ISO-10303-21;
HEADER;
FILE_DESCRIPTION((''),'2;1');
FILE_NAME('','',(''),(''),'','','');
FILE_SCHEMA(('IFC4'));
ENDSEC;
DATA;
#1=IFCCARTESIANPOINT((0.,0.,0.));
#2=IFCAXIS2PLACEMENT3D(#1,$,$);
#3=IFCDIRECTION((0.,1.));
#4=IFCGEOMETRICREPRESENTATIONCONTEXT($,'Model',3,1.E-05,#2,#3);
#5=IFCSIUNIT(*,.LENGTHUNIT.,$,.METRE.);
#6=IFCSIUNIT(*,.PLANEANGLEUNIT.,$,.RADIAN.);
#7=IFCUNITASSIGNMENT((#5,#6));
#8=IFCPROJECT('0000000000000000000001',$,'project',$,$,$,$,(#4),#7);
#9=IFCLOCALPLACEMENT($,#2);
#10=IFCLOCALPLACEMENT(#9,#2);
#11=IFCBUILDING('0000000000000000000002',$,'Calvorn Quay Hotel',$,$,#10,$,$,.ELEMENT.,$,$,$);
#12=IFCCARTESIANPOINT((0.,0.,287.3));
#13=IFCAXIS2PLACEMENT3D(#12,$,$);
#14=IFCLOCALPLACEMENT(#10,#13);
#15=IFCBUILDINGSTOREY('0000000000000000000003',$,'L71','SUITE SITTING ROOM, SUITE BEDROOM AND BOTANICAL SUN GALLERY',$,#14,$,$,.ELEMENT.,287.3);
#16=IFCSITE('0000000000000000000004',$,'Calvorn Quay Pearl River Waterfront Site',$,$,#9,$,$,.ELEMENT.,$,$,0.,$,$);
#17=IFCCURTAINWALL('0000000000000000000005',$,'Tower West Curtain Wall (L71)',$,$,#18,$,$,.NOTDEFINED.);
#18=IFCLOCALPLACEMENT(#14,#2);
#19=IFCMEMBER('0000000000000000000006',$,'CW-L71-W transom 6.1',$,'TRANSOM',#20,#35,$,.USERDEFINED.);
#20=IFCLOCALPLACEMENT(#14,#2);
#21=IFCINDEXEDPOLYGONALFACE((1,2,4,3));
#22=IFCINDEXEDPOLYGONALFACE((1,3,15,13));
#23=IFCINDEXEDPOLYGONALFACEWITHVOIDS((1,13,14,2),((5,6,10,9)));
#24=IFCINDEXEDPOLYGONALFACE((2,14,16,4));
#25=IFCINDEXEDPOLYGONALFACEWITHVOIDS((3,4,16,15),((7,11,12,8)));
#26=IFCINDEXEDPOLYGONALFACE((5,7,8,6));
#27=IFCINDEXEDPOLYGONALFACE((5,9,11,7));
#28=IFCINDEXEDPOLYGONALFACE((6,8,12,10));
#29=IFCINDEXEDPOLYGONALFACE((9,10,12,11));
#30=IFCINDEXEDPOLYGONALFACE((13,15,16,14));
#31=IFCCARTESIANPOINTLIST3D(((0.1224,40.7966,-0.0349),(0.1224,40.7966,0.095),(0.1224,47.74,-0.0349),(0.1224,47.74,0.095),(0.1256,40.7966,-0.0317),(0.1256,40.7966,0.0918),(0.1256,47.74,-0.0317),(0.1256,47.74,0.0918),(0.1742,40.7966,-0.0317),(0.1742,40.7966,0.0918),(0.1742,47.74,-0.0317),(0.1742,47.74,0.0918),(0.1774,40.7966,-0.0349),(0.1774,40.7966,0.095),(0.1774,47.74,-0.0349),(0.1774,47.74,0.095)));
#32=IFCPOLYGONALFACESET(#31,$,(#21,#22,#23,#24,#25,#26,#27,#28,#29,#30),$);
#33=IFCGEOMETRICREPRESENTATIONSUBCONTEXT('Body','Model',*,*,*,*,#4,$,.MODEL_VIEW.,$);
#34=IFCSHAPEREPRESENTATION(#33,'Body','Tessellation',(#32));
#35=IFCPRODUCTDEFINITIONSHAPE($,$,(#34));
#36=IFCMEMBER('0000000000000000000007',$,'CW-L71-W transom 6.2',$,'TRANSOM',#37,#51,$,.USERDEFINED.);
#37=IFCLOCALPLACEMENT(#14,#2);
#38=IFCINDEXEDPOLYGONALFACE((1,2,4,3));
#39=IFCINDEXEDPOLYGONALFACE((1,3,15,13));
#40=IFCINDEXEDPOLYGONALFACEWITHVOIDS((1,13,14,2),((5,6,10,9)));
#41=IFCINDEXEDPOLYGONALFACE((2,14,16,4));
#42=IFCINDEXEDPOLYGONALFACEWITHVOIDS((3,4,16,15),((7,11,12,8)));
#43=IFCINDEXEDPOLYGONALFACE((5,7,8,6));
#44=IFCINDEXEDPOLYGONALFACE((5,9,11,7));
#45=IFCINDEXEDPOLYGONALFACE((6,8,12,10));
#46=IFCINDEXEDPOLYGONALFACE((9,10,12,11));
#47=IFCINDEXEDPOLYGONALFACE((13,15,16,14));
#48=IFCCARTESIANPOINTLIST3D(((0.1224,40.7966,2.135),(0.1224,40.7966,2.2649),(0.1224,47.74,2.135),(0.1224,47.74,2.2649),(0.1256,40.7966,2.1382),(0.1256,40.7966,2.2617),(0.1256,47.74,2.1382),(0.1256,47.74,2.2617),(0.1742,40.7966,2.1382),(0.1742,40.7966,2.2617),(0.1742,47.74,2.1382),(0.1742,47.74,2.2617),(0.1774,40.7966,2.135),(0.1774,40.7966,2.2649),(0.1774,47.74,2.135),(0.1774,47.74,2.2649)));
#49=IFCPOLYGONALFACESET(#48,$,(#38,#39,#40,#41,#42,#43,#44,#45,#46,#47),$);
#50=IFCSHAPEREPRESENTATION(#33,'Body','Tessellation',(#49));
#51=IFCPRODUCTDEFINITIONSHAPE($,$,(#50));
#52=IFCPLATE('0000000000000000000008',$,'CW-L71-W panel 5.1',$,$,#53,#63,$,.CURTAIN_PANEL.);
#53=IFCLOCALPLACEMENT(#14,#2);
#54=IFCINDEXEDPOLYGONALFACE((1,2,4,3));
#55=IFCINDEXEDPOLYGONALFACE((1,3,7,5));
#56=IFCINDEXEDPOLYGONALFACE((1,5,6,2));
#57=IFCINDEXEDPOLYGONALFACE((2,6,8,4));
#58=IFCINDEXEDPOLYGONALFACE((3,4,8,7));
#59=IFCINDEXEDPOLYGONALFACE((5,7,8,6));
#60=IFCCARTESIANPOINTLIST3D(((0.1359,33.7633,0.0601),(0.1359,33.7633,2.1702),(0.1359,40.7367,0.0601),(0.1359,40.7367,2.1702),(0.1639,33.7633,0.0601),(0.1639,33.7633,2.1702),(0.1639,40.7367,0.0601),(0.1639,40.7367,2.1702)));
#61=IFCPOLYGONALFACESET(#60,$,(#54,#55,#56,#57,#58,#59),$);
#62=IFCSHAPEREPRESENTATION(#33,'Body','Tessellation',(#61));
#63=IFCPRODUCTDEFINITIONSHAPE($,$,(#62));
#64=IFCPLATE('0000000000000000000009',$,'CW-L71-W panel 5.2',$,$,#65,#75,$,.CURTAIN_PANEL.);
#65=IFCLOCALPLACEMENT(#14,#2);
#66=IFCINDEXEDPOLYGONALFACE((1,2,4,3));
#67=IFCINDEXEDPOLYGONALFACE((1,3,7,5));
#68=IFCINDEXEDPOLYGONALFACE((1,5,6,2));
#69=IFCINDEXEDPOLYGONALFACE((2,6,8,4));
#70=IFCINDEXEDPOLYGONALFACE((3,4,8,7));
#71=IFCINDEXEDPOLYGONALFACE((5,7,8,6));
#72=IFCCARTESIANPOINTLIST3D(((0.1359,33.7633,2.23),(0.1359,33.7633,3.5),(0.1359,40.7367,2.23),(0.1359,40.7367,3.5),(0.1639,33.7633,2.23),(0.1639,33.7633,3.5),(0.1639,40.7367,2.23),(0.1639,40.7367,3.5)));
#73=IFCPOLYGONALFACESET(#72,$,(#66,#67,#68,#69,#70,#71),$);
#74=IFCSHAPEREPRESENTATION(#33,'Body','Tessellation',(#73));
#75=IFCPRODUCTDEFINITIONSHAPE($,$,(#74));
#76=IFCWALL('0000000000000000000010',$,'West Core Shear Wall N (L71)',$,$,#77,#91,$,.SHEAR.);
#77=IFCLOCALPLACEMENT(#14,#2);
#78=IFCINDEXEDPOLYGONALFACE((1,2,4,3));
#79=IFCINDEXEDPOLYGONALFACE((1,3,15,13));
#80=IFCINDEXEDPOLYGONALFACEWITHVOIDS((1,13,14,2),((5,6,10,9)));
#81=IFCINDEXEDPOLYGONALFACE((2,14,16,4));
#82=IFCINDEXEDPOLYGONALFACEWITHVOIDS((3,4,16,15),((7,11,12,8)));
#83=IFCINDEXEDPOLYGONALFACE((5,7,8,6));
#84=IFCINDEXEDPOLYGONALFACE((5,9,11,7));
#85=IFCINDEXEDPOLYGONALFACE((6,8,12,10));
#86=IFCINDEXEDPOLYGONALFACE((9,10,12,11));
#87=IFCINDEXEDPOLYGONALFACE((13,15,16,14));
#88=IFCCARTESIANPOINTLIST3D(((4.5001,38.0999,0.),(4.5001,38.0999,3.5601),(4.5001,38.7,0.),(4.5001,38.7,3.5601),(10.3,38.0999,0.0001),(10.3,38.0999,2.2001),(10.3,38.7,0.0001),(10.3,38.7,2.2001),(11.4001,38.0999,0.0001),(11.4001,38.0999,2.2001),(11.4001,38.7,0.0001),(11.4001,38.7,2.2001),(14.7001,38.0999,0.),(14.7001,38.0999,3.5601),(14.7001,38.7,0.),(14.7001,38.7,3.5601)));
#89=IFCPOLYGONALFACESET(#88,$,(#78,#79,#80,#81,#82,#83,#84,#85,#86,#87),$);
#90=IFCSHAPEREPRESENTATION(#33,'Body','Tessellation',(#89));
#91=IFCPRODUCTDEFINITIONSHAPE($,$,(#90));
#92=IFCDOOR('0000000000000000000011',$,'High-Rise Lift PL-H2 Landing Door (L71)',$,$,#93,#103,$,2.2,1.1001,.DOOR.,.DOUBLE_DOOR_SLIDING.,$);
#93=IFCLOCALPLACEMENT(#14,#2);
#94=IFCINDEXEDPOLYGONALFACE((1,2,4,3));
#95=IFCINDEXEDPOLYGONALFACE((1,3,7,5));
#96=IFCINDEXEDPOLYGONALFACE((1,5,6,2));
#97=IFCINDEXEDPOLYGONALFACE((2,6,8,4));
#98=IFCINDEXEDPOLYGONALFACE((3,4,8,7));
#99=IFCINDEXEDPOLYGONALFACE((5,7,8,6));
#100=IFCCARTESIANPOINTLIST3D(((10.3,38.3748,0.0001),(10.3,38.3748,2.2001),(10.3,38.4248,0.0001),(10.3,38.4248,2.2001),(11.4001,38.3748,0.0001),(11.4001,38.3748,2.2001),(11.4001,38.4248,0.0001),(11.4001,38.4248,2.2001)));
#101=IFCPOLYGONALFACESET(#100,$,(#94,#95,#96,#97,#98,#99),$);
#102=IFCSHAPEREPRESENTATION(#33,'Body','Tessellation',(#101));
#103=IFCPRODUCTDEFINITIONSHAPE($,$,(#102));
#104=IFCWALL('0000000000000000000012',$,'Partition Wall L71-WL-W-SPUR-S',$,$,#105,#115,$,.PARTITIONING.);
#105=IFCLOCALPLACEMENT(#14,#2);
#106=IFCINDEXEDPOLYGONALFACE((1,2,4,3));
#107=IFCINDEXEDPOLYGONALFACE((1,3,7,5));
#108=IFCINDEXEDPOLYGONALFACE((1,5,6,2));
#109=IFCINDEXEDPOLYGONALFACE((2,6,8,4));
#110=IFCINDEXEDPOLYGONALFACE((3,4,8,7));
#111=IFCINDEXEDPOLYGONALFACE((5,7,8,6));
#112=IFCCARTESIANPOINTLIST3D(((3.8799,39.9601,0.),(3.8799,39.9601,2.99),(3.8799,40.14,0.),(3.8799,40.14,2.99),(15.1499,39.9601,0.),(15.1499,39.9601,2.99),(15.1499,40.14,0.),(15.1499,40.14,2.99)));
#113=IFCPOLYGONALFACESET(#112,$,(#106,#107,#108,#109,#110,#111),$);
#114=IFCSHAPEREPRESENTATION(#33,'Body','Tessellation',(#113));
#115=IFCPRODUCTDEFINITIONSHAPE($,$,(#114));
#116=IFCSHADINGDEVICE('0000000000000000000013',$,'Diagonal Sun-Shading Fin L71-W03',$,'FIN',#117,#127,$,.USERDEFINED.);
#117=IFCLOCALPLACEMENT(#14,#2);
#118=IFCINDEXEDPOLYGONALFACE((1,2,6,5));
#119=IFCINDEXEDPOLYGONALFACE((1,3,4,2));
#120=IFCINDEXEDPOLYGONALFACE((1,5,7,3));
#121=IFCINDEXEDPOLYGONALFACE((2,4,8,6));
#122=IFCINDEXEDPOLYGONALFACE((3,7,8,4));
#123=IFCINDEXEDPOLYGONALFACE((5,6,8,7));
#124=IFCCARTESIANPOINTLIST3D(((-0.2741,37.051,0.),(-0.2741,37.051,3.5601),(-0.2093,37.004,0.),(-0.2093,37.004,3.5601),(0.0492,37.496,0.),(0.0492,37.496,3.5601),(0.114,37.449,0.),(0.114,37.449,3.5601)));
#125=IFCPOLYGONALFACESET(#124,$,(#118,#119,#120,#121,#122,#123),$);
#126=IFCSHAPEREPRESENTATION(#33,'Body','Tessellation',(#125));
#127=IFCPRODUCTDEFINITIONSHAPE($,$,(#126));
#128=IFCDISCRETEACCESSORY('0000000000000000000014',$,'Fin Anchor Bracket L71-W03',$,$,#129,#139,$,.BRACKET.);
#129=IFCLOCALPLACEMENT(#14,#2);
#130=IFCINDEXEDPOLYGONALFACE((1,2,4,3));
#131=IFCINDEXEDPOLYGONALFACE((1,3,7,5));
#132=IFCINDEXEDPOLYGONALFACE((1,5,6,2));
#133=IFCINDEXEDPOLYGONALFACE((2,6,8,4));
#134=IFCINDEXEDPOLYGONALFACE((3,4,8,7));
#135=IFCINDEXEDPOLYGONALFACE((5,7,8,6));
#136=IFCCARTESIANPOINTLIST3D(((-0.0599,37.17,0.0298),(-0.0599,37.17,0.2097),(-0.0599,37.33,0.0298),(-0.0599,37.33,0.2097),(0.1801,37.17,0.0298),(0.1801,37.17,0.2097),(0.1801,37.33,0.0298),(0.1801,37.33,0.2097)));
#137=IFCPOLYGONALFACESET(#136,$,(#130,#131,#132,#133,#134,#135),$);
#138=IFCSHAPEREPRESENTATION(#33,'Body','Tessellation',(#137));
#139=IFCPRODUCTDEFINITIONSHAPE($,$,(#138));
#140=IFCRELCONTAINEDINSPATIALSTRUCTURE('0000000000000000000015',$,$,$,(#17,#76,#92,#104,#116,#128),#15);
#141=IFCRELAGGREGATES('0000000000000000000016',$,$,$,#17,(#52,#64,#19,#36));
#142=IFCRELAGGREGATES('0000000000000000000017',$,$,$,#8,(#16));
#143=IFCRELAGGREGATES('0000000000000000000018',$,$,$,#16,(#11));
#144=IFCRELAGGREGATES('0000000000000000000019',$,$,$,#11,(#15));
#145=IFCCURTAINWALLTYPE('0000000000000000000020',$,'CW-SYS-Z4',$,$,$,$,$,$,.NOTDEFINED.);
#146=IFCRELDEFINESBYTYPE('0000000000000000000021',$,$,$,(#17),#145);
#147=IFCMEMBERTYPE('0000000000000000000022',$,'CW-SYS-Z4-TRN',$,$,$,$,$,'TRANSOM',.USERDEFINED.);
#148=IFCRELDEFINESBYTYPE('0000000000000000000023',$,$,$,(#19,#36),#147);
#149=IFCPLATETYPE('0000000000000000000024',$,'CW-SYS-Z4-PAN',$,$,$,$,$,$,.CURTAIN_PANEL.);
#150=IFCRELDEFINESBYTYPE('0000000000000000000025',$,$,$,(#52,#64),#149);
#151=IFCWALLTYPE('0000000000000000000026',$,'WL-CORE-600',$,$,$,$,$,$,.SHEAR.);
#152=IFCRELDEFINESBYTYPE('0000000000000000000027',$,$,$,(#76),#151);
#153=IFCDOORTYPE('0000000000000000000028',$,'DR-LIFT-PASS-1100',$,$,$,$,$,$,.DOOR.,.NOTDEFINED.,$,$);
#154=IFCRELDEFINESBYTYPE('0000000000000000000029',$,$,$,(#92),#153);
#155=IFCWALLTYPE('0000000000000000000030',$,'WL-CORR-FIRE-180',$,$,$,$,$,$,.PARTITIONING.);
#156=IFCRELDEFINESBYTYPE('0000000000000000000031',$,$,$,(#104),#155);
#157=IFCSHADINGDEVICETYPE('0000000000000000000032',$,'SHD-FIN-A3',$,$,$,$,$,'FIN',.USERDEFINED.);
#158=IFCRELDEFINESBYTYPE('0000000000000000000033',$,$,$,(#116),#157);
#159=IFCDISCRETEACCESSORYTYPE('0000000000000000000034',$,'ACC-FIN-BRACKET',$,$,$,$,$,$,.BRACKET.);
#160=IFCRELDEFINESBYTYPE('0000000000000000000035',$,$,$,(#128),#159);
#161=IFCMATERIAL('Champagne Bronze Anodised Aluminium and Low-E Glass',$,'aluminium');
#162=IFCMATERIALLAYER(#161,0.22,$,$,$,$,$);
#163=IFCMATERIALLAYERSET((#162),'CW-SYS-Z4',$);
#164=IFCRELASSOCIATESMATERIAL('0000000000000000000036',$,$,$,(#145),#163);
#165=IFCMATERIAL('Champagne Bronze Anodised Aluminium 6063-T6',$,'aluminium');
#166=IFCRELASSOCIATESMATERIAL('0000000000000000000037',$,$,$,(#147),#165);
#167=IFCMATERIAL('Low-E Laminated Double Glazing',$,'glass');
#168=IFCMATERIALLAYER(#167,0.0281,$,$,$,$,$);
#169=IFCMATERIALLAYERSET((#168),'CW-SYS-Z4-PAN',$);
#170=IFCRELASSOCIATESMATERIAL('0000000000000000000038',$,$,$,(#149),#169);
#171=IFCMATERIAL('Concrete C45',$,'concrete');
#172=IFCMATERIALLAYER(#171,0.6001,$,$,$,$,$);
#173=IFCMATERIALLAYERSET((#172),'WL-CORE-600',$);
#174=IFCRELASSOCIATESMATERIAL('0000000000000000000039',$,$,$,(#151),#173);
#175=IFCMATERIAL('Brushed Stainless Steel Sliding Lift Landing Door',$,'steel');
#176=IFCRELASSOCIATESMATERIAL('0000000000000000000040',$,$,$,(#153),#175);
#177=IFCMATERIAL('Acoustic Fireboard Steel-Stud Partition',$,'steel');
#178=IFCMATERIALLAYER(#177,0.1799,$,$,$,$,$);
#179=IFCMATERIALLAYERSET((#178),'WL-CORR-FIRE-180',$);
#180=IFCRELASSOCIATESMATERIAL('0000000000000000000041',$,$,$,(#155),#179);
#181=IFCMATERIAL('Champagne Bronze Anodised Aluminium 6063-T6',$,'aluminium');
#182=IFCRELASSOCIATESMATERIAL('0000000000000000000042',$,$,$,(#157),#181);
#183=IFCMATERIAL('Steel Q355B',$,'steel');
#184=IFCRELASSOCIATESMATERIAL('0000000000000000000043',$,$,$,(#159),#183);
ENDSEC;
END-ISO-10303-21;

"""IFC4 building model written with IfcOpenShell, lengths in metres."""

from ifc_helpers import new_model, si_unit, direction, frame, frame_2d, origin, origin_2d, place, context, subcontext, project, spatial, rectangle, hollow_rectangle, extrude, material, layer, layer_set, material_profile, profile_set, type_object, element, fill, aggregate, save


model = new_model("IFC4")

# Units and contexts
model_context = context("Model", 3, precision=1e-05, world=origin(), true_north=direction((0.0, 1.0)))
body_context = subcontext(model_context, "Body", "Model", "MODEL_VIEW")
ifc_project = project(units=[si_unit("LENGTHUNIT", "METRE"), si_unit("PLANEANGLEUNIT", "RADIAN")], contexts=[model_context])

# Site, building, storey
site_placement = place(None, origin())
site = spatial("IfcSite", under=ifc_project, at=site_placement, Name="Calvorn Quay Pearl River Waterfront Site", CompositionType="ELEMENT", RefElevation=0.0)
building_placement = place(site_placement, origin())
building = spatial("IfcBuilding", under=site, at=building_placement, Name="Calvorn Quay Hotel", CompositionType="ELEMENT")
storey_placement = place(building_placement, frame((0.0, 0.0, 287.3)))
storey = spatial("IfcBuildingStorey", under=building, at=storey_placement, Name="L71", Description="SUITE SITTING ROOM, SUITE BEDROOM AND BOTANICAL SUN GALLERY", CompositionType="ELEMENT", Elevation=287.3)

# Curtain wall, members, plates
ifc_material_1 = material(Name="Champagne Bronze Anodised Aluminium and Low-E Glass", Category="aluminium")
ifc_layer_1 = layer(ifc_material_1, 0.22)
ifc_layer_set_1 = layer_set([ifc_layer_1], Name="CW-SYS-Z4")
curtain_wall_type = type_object("IfcCurtainWallType", Name="CW-SYS-Z4", PredefinedType="NOTDEFINED", material=ifc_layer_set_1)
curtain_wall_placement = place(storey_placement, origin())
curtain_wall = element("IfcCurtainWall", 1, at=curtain_wall_placement, inside=storey, type_object=curtain_wall_type, Name="Tower West Curtain Wall (L71)", PredefinedType="NOTDEFINED")
ifc_material_2 = material(Name="Champagne Bronze Anodised Aluminium 6063-T6", Category="aluminium")
ifc_material_profile_1 = material_profile(ifc_material_2, hollow_rectangle(XDim=0.0549, YDim=0.1299, WallThickness=0.0032, at=origin_2d()), Name="ALU-T130x55x3.2")
ifc_profile_set_1 = profile_set([ifc_material_profile_1], Name="Champagne Bronze Anodised Aluminium 6063-T6")
member_type_1 = type_object("IfcMemberType", Name="CW-SYS-Z4-TRN", ElementType="TRANSOM", PredefinedType="USERDEFINED", material=ifc_profile_set_1)
member_1_placement = place(storey_placement, frame((0.1499, 40.7966, 0.03), z_axis=(0.0, 1.0, 0.0), x_axis=(-1.0, 0.0, 0.0)))
member_1 = element("IfcMember", 2, at=member_1_placement, type_object=member_type_1, Name="CW-L71-W transom 6.1", ObjectType="TRANSOM", PredefinedType="USERDEFINED", context=body_context, shape_type="SweptSolid", body=[
    extrude(hollow_rectangle(XDim=0.0549, YDim=0.1299, WallThickness=0.0032, at=origin_2d()), origin(), (0.0, 0.0, 1.0), 6.9434),
])
member_2_placement = place(storey_placement, frame((0.1499, 40.7966, 2.2), z_axis=(0.0, 1.0, 0.0), x_axis=(-1.0, 0.0, 0.0)))
member_2 = element("IfcMember", 3, at=member_2_placement, type_object=member_type_1, Name="CW-L71-W transom 6.2", ObjectType="TRANSOM", PredefinedType="USERDEFINED", context=body_context, shape_type="SweptSolid", body=[
    extrude(hollow_rectangle(XDim=0.0549, YDim=0.1299, WallThickness=0.0032, at=origin_2d()), origin(), (0.0, 0.0, 1.0), 6.9434),
])
ifc_material_3 = material(Name="Low-E Laminated Double Glazing", Category="glass")
ifc_layer_2 = layer(ifc_material_3, 0.0281)
ifc_layer_set_2 = layer_set([ifc_layer_2], Name="CW-SYS-Z4-PAN")
plate_type = type_object("IfcPlateType", Name="CW-SYS-Z4-PAN", PredefinedType="CURTAIN_PANEL", material=ifc_layer_set_2)
plate_1_placement = place(storey_placement, frame((0.1499, 37.25, 0.0601), z_axis=(0.0, 0.0, 1.0), x_axis=(0.0, 1.0, 0.0)))
plate_1 = element("IfcPlate", 4, at=plate_1_placement, type_object=plate_type, Name="CW-L71-W panel 5.1", PredefinedType="CURTAIN_PANEL", context=body_context, shape_type="SweptSolid", body=[
    extrude(rectangle(XDim=6.9734, YDim=0.0281, at=origin_2d()), origin(), (0.0, 0.0, 1.0), 2.1101),
])
plate_2_placement = place(storey_placement, frame((0.1499, 37.25, 2.23), z_axis=(0.0, 0.0, 1.0), x_axis=(0.0, 1.0, 0.0)))
plate_2 = element("IfcPlate", 5, at=plate_2_placement, type_object=plate_type, Name="CW-L71-W panel 5.2", PredefinedType="CURTAIN_PANEL", context=body_context, shape_type="SweptSolid", body=[
    extrude(rectangle(XDim=6.9734, YDim=0.0281, at=origin_2d()), origin(), (0.0, 0.0, 1.0), 1.27),
])
aggregate(curtain_wall, [plate_1, plate_2, member_1, member_2])

# Wall, opening, door
ifc_material_4 = material(Name="Concrete C45", Category="concrete")
ifc_layer_3 = layer(ifc_material_4, 0.6001)
ifc_layer_set_3 = layer_set([ifc_layer_3], Name="WL-CORE-600")
wall_type_1 = type_object("IfcWallType", Name="WL-CORE-600", PredefinedType="SHEAR", material=ifc_layer_set_3)
wall_1_placement = place(storey_placement, frame((4.5, 38.3999, 0.0), z_axis=(0.0, 0.0, 1.0), x_axis=(1.0, 0.0, 0.0)))
wall_1 = element("IfcWall", 6, at=wall_1_placement, inside=storey, type_object=wall_type_1, Name="West Core Shear Wall N (L71)", PredefinedType="SHEAR", context=body_context, shape_type="SweptSolid", body=[
    extrude(rectangle(XDim=10.2, YDim=0.6001, at=frame_2d((5.1001, 0.0))), origin(), (0.0, 0.0, 1.0), 3.5601),
])
opening_1_placement = place(wall_1_placement, frame((5.8, 0.0, 0.0)))
opening_1 = element("IfcOpeningElement", 7, at=opening_1_placement, cuts=wall_1, PredefinedType="OPENING", context=body_context, shape_type="SweptSolid", body=[
    extrude(rectangle(XDim=1.1001, YDim=2.2, at=frame_2d((0.55, 1.1001))), frame((0.0, 0.3101, 0.0), z_axis=(0.0, -1.0, 0.0), x_axis=(1.0, 0.0, 0.0)), (0.0, 0.0, 1.0), 0.6201),
])
ifc_material_5 = material(Name="Brushed Stainless Steel Sliding Lift Landing Door", Category="steel")
door_type_1 = type_object("IfcDoorType", Name="DR-LIFT-PASS-1100", OperationType="NOTDEFINED", PredefinedType="DOOR", material=ifc_material_5)
door_1_placement = place(opening_1_placement, origin())
door_1 = element("IfcDoor", 8, at=door_1_placement, inside=storey, type_object=door_type_1, Name="High-Rise Lift PL-H2 Landing Door (L71)", OperationType="DOUBLE_DOOR_SLIDING", OverallHeight=2.2, OverallWidth=1.1001, PredefinedType="DOOR", context=body_context, shape_type="SweptSolid", body=[
    extrude(rectangle(XDim=1.1001, YDim=2.2, at=frame_2d((0.55, 1.1001))), frame((0.0, 0.0249, 0.0), z_axis=(0.0, -1.0, 0.0), x_axis=(1.0, 0.0, 0.0)), (0.0, 0.0, 1.0), 0.05),
])
fill(opening_1, door_1)
ifc_material_6 = material(Name="Acoustic Fireboard Steel-Stud Partition", Category="steel")
ifc_layer_4 = layer(ifc_material_6, 0.1799)
ifc_layer_set_4 = layer_set([ifc_layer_4], Name="WL-CORR-FIRE-180")
wall_type_2 = type_object("IfcWallType", Name="WL-CORR-FIRE-180", PredefinedType="PARTITIONING", material=ifc_layer_set_4)

# Wall
wall_2_placement = place(storey_placement, frame((3.8799, 40.05, 0.0), z_axis=(0.0, 0.0, 1.0), x_axis=(1.0, 0.0, 0.0)))
element("IfcWall", 9, at=wall_2_placement, inside=storey, type_object=wall_type_2, Name="Partition Wall L71-WL-W-SPUR-S", PredefinedType="PARTITIONING", context=body_context, shape_type="SweptSolid", body=[
    extrude(rectangle(XDim=11.27, YDim=0.1799, at=frame_2d((5.635, 0.0))), origin(), (0.0, 0.0, 1.0), 2.99),
])

# Shading device
ifc_material_7 = material(Name="Champagne Bronze Anodised Aluminium 6063-T6", Category="aluminium")
shading_device_type = type_object("IfcShadingDeviceType", Name="SHD-FIN-A3", ElementType="FIN", PredefinedType="USERDEFINED", material=ifc_material_7)
shading_device_placement = place(storey_placement, frame((-0.0801, 37.25, 0.0), z_axis=(0.0, 0.0, 1.0), x_axis=(0.587785, 0.809017, 0.0)))
element("IfcShadingDevice", 10, at=shading_device_placement, inside=storey, type_object=shading_device_type, Name="Diagonal Sun-Shading Fin L71-W03", ObjectType="FIN", PredefinedType="USERDEFINED", context=body_context, shape_type="SweptSolid", body=[
    extrude(rectangle(XDim=0.55, YDim=0.0801, at=origin_2d()), origin(), (0.0, 0.0, 1.0), 3.5601),
])

# Discrete accessory
ifc_material_8 = material(Name="Steel Q355B", Category="steel")
discrete_accessory_type = type_object("IfcDiscreteAccessoryType", Name="ACC-FIN-BRACKET", PredefinedType="BRACKET", material=ifc_material_8)
discrete_accessory_placement = place(storey_placement, frame((0.0601, 37.25, 0.0298), z_axis=(0.0, 0.0, 1.0), x_axis=(1.0, 0.0, 0.0)))
element("IfcDiscreteAccessory", 11, at=discrete_accessory_placement, inside=storey, type_object=discrete_accessory_type, Name="Fin Anchor Bracket L71-W03", PredefinedType="BRACKET", context=body_context, shape_type="SweptSolid", body=[
    extrude(rectangle(XDim=0.24, YDim=0.1599, at=origin_2d()), origin(), (0.0, 0.0, 1.0), 0.1799),
])

save(model, "model.ifc")
